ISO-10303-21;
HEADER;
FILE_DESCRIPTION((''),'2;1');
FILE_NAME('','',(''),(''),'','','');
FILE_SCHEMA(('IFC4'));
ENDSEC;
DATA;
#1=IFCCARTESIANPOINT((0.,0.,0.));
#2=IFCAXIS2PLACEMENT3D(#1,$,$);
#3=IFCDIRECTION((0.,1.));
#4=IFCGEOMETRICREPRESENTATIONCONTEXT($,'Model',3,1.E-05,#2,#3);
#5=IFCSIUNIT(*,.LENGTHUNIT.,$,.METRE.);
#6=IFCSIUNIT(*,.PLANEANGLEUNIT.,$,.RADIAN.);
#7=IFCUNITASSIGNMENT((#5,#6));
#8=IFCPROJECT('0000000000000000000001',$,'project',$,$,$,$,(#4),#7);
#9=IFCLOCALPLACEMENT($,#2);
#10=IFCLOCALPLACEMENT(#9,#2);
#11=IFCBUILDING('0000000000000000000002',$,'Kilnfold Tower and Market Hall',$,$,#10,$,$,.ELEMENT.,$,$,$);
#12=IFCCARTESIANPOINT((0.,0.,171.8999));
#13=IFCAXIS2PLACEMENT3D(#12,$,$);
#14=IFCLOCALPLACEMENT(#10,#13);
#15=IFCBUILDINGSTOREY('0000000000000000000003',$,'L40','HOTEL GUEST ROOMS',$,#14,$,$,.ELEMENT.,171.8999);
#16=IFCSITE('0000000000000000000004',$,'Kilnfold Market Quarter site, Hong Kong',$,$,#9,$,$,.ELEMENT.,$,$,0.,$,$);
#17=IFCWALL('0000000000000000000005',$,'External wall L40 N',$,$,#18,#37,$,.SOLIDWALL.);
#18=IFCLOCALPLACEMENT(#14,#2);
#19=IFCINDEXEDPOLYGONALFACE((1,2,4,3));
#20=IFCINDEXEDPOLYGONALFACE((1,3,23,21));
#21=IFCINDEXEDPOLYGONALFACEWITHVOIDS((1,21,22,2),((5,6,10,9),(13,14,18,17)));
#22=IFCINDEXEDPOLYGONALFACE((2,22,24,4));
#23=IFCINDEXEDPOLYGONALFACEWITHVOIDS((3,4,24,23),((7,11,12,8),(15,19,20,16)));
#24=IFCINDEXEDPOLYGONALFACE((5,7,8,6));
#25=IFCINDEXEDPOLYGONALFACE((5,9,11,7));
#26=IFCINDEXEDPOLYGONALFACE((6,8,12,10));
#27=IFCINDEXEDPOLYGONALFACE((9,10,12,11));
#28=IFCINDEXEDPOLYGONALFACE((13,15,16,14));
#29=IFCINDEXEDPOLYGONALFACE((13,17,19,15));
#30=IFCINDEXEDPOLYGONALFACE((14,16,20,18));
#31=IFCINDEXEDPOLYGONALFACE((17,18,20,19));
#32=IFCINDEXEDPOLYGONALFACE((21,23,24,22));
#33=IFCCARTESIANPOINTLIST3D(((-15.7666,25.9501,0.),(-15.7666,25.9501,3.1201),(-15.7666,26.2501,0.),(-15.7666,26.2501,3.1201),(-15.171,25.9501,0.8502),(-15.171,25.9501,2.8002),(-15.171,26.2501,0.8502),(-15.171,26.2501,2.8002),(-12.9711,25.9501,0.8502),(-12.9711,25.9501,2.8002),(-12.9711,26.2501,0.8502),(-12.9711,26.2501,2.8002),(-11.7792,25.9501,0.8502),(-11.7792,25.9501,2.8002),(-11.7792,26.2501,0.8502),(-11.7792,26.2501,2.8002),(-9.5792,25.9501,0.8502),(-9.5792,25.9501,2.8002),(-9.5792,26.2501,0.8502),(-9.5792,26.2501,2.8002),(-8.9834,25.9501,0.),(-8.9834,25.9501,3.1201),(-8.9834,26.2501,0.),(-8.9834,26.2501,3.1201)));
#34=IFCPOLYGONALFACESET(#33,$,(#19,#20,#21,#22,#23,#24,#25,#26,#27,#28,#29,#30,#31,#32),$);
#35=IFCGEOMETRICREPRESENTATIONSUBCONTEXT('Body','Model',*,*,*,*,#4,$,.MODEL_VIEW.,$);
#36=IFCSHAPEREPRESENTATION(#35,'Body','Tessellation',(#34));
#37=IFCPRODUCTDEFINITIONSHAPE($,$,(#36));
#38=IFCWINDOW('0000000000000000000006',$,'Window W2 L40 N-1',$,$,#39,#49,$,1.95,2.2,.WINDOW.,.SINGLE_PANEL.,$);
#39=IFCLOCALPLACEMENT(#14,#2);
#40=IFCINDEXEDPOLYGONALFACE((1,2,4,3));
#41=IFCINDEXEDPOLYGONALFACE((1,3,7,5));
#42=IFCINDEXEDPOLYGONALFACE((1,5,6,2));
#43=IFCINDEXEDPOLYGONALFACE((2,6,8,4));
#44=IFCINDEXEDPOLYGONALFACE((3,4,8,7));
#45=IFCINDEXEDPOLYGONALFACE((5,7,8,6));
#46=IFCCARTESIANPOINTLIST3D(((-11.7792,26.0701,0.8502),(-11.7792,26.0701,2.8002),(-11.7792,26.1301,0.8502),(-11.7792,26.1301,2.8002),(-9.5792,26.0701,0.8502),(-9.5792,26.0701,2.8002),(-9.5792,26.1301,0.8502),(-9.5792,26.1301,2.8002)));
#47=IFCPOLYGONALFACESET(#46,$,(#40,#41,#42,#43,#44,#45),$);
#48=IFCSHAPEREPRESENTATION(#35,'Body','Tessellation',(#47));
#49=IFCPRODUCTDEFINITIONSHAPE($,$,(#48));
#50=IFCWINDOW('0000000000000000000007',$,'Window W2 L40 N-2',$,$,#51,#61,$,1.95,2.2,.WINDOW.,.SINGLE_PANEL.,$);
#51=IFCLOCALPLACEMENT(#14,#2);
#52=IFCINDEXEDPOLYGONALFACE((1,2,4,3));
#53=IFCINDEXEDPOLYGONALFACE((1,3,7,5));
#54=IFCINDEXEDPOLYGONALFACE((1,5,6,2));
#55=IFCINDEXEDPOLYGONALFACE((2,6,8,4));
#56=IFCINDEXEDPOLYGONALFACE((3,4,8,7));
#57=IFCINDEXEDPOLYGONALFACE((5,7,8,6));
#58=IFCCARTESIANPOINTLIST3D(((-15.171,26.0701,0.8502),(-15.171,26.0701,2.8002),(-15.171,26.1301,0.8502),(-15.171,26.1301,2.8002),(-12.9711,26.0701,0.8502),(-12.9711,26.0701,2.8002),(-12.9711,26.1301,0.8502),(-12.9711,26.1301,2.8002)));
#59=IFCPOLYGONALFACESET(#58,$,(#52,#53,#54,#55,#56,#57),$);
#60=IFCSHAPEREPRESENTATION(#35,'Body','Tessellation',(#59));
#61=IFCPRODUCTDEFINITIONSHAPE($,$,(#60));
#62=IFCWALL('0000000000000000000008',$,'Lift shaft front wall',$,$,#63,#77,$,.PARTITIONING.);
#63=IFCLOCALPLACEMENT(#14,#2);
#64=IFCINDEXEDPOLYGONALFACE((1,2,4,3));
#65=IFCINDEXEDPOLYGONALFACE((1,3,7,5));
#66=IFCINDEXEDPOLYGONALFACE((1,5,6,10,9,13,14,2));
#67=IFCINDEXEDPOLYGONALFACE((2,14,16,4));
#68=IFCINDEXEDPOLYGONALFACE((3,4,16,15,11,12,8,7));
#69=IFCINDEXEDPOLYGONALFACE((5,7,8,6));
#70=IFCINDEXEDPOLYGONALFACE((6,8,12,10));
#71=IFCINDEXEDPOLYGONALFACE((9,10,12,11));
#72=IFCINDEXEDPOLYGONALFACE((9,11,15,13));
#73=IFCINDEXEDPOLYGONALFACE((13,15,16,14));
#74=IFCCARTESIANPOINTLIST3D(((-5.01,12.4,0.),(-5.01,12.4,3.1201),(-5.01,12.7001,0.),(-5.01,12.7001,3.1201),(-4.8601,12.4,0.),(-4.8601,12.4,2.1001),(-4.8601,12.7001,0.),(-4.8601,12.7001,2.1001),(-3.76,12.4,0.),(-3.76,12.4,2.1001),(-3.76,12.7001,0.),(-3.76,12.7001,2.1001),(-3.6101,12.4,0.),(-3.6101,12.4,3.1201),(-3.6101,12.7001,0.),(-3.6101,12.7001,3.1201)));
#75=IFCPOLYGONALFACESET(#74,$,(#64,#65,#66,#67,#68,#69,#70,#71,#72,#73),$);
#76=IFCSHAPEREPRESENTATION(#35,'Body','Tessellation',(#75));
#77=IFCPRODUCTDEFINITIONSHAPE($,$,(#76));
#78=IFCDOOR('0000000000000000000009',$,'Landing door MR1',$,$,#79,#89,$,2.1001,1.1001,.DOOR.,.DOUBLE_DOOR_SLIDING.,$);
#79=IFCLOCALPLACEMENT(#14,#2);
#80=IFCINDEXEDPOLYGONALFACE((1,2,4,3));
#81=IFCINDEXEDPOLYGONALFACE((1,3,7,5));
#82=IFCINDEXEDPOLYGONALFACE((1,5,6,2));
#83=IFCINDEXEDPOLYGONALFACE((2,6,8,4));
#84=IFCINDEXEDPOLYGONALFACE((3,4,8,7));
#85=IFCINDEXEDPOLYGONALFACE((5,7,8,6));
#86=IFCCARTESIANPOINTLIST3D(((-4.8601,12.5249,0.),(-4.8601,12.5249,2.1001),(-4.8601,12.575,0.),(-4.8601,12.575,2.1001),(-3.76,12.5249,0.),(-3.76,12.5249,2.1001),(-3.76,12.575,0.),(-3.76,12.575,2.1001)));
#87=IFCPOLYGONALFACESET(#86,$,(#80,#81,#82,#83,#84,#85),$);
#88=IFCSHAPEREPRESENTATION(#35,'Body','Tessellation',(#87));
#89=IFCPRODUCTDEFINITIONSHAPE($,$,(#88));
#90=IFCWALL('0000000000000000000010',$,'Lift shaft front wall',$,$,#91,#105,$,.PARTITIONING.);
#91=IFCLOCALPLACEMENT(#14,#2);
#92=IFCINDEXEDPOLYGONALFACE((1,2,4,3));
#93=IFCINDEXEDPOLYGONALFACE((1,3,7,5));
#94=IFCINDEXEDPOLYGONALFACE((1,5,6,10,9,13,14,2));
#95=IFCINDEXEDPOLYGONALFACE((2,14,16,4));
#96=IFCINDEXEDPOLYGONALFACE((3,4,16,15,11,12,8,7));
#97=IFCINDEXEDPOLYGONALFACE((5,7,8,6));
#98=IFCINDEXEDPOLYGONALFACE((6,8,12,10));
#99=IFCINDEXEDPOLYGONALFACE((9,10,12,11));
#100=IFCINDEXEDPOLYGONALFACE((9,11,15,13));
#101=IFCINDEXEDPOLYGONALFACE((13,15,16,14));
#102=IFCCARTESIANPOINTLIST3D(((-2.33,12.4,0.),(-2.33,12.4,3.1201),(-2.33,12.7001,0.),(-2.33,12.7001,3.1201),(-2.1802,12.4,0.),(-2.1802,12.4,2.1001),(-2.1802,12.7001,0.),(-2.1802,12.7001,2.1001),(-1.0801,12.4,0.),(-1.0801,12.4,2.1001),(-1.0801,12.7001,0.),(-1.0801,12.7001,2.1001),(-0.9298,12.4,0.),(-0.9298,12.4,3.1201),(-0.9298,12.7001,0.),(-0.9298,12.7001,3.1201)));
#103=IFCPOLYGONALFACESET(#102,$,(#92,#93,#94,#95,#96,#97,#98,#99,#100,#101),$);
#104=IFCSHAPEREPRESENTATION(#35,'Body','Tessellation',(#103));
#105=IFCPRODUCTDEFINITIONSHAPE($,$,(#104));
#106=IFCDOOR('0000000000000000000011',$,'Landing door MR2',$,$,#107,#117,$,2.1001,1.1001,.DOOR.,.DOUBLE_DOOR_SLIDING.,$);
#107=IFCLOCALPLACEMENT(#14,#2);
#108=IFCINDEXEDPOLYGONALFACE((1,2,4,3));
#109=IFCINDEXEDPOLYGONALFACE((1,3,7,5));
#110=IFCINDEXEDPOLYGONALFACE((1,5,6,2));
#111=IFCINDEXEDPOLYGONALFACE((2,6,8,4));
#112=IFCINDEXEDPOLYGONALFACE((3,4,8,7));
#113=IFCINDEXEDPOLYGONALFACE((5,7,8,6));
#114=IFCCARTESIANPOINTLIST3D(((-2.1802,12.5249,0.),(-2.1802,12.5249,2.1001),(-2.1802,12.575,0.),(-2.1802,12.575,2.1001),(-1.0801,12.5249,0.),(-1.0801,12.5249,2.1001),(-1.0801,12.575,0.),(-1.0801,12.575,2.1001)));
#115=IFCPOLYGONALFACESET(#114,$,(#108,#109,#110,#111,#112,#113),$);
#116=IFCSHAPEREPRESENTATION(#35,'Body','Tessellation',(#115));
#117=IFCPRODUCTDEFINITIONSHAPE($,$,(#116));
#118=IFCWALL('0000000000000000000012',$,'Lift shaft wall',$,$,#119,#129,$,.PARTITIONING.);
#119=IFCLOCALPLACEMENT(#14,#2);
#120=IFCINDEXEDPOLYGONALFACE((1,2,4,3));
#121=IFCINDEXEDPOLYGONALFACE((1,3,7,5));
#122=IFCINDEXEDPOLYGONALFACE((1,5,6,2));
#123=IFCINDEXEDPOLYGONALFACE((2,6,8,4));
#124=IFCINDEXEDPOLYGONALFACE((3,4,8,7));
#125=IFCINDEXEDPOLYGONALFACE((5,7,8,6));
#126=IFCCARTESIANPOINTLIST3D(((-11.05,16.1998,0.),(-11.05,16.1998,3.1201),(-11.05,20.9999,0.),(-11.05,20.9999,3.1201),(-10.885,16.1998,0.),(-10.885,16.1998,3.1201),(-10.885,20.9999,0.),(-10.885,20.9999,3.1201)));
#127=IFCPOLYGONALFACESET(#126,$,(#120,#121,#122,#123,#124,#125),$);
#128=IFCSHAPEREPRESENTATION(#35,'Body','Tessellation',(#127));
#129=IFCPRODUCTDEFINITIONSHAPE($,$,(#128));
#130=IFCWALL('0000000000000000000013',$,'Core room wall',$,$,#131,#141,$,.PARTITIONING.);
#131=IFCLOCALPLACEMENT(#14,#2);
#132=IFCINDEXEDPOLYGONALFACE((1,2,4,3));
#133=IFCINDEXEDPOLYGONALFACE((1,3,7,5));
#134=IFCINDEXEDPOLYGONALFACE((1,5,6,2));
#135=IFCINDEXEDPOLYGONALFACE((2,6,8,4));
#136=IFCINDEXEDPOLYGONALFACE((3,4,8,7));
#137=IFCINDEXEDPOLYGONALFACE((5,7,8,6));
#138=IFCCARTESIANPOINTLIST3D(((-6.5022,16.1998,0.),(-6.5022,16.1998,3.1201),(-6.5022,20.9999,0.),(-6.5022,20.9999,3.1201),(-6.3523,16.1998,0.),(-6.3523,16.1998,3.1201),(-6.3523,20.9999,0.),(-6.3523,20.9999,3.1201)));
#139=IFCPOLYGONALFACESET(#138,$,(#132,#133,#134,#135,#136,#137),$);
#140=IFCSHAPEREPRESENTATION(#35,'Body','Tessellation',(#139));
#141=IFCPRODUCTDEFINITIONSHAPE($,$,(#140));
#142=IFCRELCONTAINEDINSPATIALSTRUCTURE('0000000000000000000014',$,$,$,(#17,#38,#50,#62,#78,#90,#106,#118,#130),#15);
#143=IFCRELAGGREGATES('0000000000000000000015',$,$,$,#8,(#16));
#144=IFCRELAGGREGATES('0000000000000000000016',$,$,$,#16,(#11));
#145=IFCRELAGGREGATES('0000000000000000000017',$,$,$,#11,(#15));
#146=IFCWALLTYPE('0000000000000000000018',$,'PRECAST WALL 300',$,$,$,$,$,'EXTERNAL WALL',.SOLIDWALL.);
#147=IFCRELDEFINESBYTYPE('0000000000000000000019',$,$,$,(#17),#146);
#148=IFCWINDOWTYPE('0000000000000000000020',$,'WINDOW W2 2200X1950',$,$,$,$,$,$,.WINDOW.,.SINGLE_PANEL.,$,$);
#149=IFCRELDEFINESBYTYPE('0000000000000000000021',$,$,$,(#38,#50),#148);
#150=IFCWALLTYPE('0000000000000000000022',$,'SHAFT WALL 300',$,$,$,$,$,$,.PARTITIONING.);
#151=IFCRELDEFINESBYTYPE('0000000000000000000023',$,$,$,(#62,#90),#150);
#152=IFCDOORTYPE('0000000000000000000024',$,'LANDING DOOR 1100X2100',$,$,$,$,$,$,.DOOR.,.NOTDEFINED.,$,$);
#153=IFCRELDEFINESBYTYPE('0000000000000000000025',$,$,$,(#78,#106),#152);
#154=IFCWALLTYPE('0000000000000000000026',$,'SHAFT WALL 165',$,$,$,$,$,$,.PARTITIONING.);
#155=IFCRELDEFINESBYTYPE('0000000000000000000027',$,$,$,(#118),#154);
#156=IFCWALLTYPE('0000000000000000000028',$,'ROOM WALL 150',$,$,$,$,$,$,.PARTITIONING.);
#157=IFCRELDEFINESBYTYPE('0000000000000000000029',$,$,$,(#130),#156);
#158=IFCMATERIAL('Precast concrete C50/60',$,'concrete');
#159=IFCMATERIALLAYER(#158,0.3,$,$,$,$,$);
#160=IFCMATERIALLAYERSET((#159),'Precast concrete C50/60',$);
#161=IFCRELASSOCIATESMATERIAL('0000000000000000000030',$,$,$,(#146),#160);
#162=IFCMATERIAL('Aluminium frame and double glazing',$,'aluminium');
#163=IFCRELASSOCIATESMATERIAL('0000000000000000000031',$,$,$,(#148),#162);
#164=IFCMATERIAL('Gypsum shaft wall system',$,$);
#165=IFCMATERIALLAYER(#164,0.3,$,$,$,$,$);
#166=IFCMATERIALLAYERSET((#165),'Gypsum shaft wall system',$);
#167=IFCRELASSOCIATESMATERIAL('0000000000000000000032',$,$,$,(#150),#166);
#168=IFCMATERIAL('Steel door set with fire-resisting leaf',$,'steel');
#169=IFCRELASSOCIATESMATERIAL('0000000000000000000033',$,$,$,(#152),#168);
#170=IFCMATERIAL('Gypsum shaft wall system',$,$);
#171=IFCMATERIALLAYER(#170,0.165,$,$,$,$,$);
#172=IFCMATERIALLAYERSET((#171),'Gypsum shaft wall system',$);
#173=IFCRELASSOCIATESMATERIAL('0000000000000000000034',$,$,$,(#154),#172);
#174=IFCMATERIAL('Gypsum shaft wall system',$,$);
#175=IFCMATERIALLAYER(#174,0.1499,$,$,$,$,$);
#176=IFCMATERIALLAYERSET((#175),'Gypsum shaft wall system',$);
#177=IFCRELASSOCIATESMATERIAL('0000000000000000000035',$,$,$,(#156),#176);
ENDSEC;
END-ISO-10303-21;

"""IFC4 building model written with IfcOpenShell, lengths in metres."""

from ifc_helpers import new_model, si_unit, direction, frame, frame_2d, origin, place, context, subcontext, project, spatial, rectangle, extrude, source, transform, mapped, material, layer, layer_set, type_object, element, fill, save


model = new_model("IFC4")

# Units and contexts
model_context = context("Model", 3, precision=1e-05, world=origin(), true_north=direction((0.0, 1.0)))
body_context = subcontext(model_context, "Body", "Model", "MODEL_VIEW")
ifc_project = project(units=[si_unit("LENGTHUNIT", "METRE"), si_unit("PLANEANGLEUNIT", "RADIAN")], contexts=[model_context])

# Site, building, storey
site_placement = place(None, origin())
site = spatial("IfcSite", under=ifc_project, at=site_placement, Name="Kilnfold Market Quarter site, Hong Kong", CompositionType="ELEMENT", RefElevation=0.0)
building_placement = place(site_placement, origin())
building = spatial("IfcBuilding", under=site, at=building_placement, Name="Kilnfold Tower and Market Hall", CompositionType="ELEMENT")
storey_placement = place(building_placement, frame((0.0, 0.0, 171.8999)))
storey = spatial("IfcBuildingStorey", under=building, at=storey_placement, Name="L40", Description="HOTEL GUEST ROOMS", CompositionType="ELEMENT", Elevation=171.8999)

# Wall, openings, windows
ifc_material_1 = material(Name="Precast concrete C50/60", Category="concrete")
ifc_layer_1 = layer(ifc_material_1, 0.3)
ifc_layer_set_1 = layer_set([ifc_layer_1], Name="Precast concrete C50/60")
wall_type_1 = type_object("IfcWallType", Name="PRECAST WALL 300", ElementType="EXTERNAL WALL", PredefinedType="SOLIDWALL", material=ifc_layer_set_1)
ifc_material_2 = material(Name="Aluminium frame and double glazing", Category="aluminium")
window_type = type_object("IfcWindowType", Name="WINDOW W2 2200X1950", PartitioningType="SINGLE_PANEL", PredefinedType="WINDOW", material=ifc_material_2)
shared_shape_1 = source(origin(), body_context, "Body", "SweptSolid", [
    extrude(rectangle(XDim=6.7832, YDim=0.3, at=frame_2d((3.3916, 0.0))), origin(), (0.0, 0.0, 1.0), 3.1201),
])
wall_1_placement = place(storey_placement, frame((-8.9834, 26.1001, 0.0), z_axis=(0.0, 0.0, 1.0), x_axis=(-1.0, 0.0, 0.0)))
wall_1 = element("IfcWall", 1, at=wall_1_placement, inside=storey, type_object=wall_type_1, Name="External wall L40 N", PredefinedType="SOLIDWALL", context=body_context, shape_type="MappedRepresentation", body=[
    mapped(shared_shape_1, transform((0.0, 0.0, 0.0))),
])
opening_1_placement = place(wall_1_placement, frame((0.5957, 0.0, 0.8501)))
opening_1 = element("IfcOpeningElement", 2, at=opening_1_placement, cuts=wall_1, PredefinedType="OPENING", context=body_context, shape_type="SweptSolid", body=[
    extrude(rectangle(XDim=2.2, YDim=1.95, at=frame_2d((1.1001, 0.9751))), frame((0.0, 0.1602, 0.0), z_axis=(0.0, -1.0, 0.0), x_axis=(1.0, 0.0, 0.0)), (0.0, 0.0, 1.0), 0.3201),
])
opening_2_placement = place(wall_1_placement, frame((3.9875, 0.0, 0.8501)))
opening_2 = element("IfcOpeningElement", 3, at=opening_2_placement, cuts=wall_1, PredefinedType="OPENING", context=body_context, shape_type="SweptSolid", body=[
    extrude(rectangle(XDim=2.2, YDim=1.95, at=frame_2d((1.1001, 0.9751))), frame((0.0, 0.1602, 0.0), z_axis=(0.0, -1.0, 0.0), x_axis=(1.0, 0.0, 0.0)), (0.0, 0.0, 1.0), 0.3201),
])
window_1_placement = place(opening_1_placement, origin())
window_1 = element("IfcWindow", 4, at=window_1_placement, inside=storey, type_object=window_type, Name="Window W2 L40 N-1", OverallHeight=1.95, OverallWidth=2.2, PartitioningType="SINGLE_PANEL", PredefinedType="WINDOW", context=body_context, shape_type="SweptSolid", body=[
    extrude(rectangle(XDim=2.2, YDim=1.95, at=frame_2d((1.1001, 0.9751))), frame((0.0, 0.03, 0.0), z_axis=(0.0, -1.0, 0.0), x_axis=(1.0, 0.0, 0.0)), (0.0, 0.0, 1.0), 0.0601),
])
fill(opening_1, window_1)
window_2_placement = place(opening_2_placement, origin())
window_2 = element("IfcWindow", 5, at=window_2_placement, inside=storey, type_object=window_type, Name="Window W2 L40 N-2", OverallHeight=1.95, OverallWidth=2.2, PartitioningType="SINGLE_PANEL", PredefinedType="WINDOW", context=body_context, shape_type="SweptSolid", body=[
    extrude(rectangle(XDim=2.2, YDim=1.95, at=frame_2d((1.1001, 0.9751))), frame((0.0, 0.03, 0.0), z_axis=(0.0, -1.0, 0.0), x_axis=(1.0, 0.0, 0.0)), (0.0, 0.0, 1.0), 0.0601),
])
fill(opening_2, window_2)

# Walls, openings, doors
ifc_material_3 = material(Name="Gypsum shaft wall system")
ifc_layer_2 = layer(ifc_material_3, 0.3)
ifc_layer_set_2 = layer_set([ifc_layer_2], Name="Gypsum shaft wall system")
wall_type_2 = type_object("IfcWallType", Name="SHAFT WALL 300", PredefinedType="PARTITIONING", material=ifc_layer_set_2)
shared_shape_2 = source(origin(), body_context, "Body", "SweptSolid", [
    extrude(rectangle(XDim=1.3999, YDim=0.3, at=frame_2d((0.7, 0.0))), origin(), (0.0, 0.0, 1.0), 3.1201),
])
wall_2_placement = place(storey_placement, frame((-5.01, 12.55, 0.0), z_axis=(0.0, 0.0, 1.0), x_axis=(1.0, 0.0, 0.0)))
wall_2 = element("IfcWall", 6, at=wall_2_placement, inside=storey, type_object=wall_type_2, Name="Lift shaft front wall", PredefinedType="PARTITIONING", context=body_context, shape_type="MappedRepresentation", body=[
    mapped(shared_shape_2, transform((0.0, 0.0, 0.0))),
])
opening_3_placement = place(wall_2_placement, frame((0.1499, 0.0, 0.0)))
opening_3 = element("IfcOpeningElement", 7, at=opening_3_placement, cuts=wall_2, PredefinedType="OPENING", context=body_context, shape_type="SweptSolid", body=[
    extrude(rectangle(XDim=1.1001, YDim=2.1001, at=frame_2d((0.55, 1.05))), frame((0.0, 0.1602, 0.0), z_axis=(0.0, -1.0, 0.0), x_axis=(1.0, 0.0, 0.0)), (0.0, 0.0, 1.0), 0.3201),
])
ifc_material_4 = material(Name="Steel door set with fire-resisting leaf", Category="steel")
door_type = type_object("IfcDoorType", Name="LANDING DOOR 1100X2100", OperationType="NOTDEFINED", PredefinedType="DOOR", material=ifc_material_4)
door_1_placement = place(opening_3_placement, origin())
door_1 = element("IfcDoor", 8, at=door_1_placement, inside=storey, type_object=door_type, Name="Landing door MR1", OperationType="DOUBLE_DOOR_SLIDING", OverallHeight=2.1001, OverallWidth=1.1001, PredefinedType="DOOR", context=body_context, shape_type="SweptSolid", body=[
    extrude(rectangle(XDim=1.1001, YDim=2.1001, at=frame_2d((0.55, 1.05))), frame((0.0, 0.0249, 0.0), z_axis=(0.0, -1.0, 0.0), x_axis=(1.0, 0.0, 0.0)), (0.0, 0.0, 1.0), 0.05),
])
fill(opening_3, door_1)
shared_shape_3 = source(origin(), body_context, "Body", "SweptSolid", [
    extrude(rectangle(XDim=1.4001, YDim=0.3, at=frame_2d((0.7002, 0.0))), origin(), (0.0, 0.0, 1.0), 3.1201),
])
wall_3_placement = place(storey_placement, frame((-2.3301, 12.55, 0.0), z_axis=(0.0, 0.0, 1.0), x_axis=(1.0, 0.0, 0.0)))
wall_3 = element("IfcWall", 9, at=wall_3_placement, inside=storey, type_object=wall_type_2, Name="Lift shaft front wall", PredefinedType="PARTITIONING", context=body_context, shape_type="MappedRepresentation", body=[
    mapped(shared_shape_3, transform((0.0, 0.0, 0.0))),
])
opening_4_placement = place(wall_3_placement, frame((0.1499, 0.0, 0.0)))
opening_4 = element("IfcOpeningElement", 10, at=opening_4_placement, cuts=wall_3, PredefinedType="OPENING", context=body_context, shape_type="SweptSolid", body=[
    extrude(rectangle(XDim=1.1001, YDim=2.1001, at=frame_2d((0.55, 1.05))), frame((0.0, 0.1602, 0.0), z_axis=(0.0, -1.0, 0.0), x_axis=(1.0, 0.0, 0.0)), (0.0, 0.0, 1.0), 0.3201),
])
door_2_placement = place(opening_4_placement, origin())
door_2 = element("IfcDoor", 11, at=door_2_placement, inside=storey, type_object=door_type, Name="Landing door MR2", OperationType="DOUBLE_DOOR_SLIDING", OverallHeight=2.1001, OverallWidth=1.1001, PredefinedType="DOOR", context=body_context, shape_type="SweptSolid", body=[
    extrude(rectangle(XDim=1.1001, YDim=2.1001, at=frame_2d((0.55, 1.05))), frame((0.0, 0.0249, 0.0), z_axis=(0.0, -1.0, 0.0), x_axis=(1.0, 0.0, 0.0)), (0.0, 0.0, 1.0), 0.05),
])
fill(opening_4, door_2)

# Walls
ifc_material_5 = material(Name="Gypsum shaft wall system")
ifc_layer_3 = layer(ifc_material_5, 0.165)
ifc_layer_set_3 = layer_set([ifc_layer_3], Name="Gypsum shaft wall system")
wall_type_3 = type_object("IfcWallType", Name="SHAFT WALL 165", PredefinedType="PARTITIONING", material=ifc_layer_set_3)
shared_shape_4 = source(origin(), body_context, "Body", "SweptSolid", [
    extrude(rectangle(XDim=4.8, YDim=0.165, at=frame_2d((2.3999, 0.0))), origin(), (0.0, 0.0, 1.0), 3.1201),
])
wall_4_placement = place(storey_placement, frame((-10.9675, 16.2, 0.0), z_axis=(0.0, 0.0, 1.0), x_axis=(0.0, 1.0, 0.0)))
element("IfcWall", 12, at=wall_4_placement, inside=storey, type_object=wall_type_3, Name="Lift shaft wall", PredefinedType="PARTITIONING", context=body_context, shape_type="MappedRepresentation", body=[
    mapped(shared_shape_4, transform((0.0, 0.0, 0.0))),
])
ifc_material_6 = material(Name="Gypsum shaft wall system")
ifc_layer_4 = layer(ifc_material_6, 0.1499)
ifc_layer_set_4 = layer_set([ifc_layer_4], Name="Gypsum shaft wall system")
wall_type_4 = type_object("IfcWallType", Name="ROOM WALL 150", PredefinedType="PARTITIONING", material=ifc_layer_set_4)
shared_shape_5 = source(origin(), body_context, "Body", "SweptSolid", [
    extrude(rectangle(XDim=4.8, YDim=0.1499, at=frame_2d((2.3999, 0.0))), origin(), (0.0, 0.0, 1.0), 3.1201),
])
wall_5_placement = place(storey_placement, frame((-6.4272, 16.2, 0.0), z_axis=(0.0, 0.0, 1.0), x_axis=(0.0, 1.0, 0.0)))
element("IfcWall", 13, at=wall_5_placement, inside=storey, type_object=wall_type_4, Name="Core room wall", PredefinedType="PARTITIONING", context=body_context, shape_type="MappedRepresentation", body=[
    mapped(shared_shape_5, transform((0.0, 0.0, 0.0))),
])

save(model, "model.ifc")
